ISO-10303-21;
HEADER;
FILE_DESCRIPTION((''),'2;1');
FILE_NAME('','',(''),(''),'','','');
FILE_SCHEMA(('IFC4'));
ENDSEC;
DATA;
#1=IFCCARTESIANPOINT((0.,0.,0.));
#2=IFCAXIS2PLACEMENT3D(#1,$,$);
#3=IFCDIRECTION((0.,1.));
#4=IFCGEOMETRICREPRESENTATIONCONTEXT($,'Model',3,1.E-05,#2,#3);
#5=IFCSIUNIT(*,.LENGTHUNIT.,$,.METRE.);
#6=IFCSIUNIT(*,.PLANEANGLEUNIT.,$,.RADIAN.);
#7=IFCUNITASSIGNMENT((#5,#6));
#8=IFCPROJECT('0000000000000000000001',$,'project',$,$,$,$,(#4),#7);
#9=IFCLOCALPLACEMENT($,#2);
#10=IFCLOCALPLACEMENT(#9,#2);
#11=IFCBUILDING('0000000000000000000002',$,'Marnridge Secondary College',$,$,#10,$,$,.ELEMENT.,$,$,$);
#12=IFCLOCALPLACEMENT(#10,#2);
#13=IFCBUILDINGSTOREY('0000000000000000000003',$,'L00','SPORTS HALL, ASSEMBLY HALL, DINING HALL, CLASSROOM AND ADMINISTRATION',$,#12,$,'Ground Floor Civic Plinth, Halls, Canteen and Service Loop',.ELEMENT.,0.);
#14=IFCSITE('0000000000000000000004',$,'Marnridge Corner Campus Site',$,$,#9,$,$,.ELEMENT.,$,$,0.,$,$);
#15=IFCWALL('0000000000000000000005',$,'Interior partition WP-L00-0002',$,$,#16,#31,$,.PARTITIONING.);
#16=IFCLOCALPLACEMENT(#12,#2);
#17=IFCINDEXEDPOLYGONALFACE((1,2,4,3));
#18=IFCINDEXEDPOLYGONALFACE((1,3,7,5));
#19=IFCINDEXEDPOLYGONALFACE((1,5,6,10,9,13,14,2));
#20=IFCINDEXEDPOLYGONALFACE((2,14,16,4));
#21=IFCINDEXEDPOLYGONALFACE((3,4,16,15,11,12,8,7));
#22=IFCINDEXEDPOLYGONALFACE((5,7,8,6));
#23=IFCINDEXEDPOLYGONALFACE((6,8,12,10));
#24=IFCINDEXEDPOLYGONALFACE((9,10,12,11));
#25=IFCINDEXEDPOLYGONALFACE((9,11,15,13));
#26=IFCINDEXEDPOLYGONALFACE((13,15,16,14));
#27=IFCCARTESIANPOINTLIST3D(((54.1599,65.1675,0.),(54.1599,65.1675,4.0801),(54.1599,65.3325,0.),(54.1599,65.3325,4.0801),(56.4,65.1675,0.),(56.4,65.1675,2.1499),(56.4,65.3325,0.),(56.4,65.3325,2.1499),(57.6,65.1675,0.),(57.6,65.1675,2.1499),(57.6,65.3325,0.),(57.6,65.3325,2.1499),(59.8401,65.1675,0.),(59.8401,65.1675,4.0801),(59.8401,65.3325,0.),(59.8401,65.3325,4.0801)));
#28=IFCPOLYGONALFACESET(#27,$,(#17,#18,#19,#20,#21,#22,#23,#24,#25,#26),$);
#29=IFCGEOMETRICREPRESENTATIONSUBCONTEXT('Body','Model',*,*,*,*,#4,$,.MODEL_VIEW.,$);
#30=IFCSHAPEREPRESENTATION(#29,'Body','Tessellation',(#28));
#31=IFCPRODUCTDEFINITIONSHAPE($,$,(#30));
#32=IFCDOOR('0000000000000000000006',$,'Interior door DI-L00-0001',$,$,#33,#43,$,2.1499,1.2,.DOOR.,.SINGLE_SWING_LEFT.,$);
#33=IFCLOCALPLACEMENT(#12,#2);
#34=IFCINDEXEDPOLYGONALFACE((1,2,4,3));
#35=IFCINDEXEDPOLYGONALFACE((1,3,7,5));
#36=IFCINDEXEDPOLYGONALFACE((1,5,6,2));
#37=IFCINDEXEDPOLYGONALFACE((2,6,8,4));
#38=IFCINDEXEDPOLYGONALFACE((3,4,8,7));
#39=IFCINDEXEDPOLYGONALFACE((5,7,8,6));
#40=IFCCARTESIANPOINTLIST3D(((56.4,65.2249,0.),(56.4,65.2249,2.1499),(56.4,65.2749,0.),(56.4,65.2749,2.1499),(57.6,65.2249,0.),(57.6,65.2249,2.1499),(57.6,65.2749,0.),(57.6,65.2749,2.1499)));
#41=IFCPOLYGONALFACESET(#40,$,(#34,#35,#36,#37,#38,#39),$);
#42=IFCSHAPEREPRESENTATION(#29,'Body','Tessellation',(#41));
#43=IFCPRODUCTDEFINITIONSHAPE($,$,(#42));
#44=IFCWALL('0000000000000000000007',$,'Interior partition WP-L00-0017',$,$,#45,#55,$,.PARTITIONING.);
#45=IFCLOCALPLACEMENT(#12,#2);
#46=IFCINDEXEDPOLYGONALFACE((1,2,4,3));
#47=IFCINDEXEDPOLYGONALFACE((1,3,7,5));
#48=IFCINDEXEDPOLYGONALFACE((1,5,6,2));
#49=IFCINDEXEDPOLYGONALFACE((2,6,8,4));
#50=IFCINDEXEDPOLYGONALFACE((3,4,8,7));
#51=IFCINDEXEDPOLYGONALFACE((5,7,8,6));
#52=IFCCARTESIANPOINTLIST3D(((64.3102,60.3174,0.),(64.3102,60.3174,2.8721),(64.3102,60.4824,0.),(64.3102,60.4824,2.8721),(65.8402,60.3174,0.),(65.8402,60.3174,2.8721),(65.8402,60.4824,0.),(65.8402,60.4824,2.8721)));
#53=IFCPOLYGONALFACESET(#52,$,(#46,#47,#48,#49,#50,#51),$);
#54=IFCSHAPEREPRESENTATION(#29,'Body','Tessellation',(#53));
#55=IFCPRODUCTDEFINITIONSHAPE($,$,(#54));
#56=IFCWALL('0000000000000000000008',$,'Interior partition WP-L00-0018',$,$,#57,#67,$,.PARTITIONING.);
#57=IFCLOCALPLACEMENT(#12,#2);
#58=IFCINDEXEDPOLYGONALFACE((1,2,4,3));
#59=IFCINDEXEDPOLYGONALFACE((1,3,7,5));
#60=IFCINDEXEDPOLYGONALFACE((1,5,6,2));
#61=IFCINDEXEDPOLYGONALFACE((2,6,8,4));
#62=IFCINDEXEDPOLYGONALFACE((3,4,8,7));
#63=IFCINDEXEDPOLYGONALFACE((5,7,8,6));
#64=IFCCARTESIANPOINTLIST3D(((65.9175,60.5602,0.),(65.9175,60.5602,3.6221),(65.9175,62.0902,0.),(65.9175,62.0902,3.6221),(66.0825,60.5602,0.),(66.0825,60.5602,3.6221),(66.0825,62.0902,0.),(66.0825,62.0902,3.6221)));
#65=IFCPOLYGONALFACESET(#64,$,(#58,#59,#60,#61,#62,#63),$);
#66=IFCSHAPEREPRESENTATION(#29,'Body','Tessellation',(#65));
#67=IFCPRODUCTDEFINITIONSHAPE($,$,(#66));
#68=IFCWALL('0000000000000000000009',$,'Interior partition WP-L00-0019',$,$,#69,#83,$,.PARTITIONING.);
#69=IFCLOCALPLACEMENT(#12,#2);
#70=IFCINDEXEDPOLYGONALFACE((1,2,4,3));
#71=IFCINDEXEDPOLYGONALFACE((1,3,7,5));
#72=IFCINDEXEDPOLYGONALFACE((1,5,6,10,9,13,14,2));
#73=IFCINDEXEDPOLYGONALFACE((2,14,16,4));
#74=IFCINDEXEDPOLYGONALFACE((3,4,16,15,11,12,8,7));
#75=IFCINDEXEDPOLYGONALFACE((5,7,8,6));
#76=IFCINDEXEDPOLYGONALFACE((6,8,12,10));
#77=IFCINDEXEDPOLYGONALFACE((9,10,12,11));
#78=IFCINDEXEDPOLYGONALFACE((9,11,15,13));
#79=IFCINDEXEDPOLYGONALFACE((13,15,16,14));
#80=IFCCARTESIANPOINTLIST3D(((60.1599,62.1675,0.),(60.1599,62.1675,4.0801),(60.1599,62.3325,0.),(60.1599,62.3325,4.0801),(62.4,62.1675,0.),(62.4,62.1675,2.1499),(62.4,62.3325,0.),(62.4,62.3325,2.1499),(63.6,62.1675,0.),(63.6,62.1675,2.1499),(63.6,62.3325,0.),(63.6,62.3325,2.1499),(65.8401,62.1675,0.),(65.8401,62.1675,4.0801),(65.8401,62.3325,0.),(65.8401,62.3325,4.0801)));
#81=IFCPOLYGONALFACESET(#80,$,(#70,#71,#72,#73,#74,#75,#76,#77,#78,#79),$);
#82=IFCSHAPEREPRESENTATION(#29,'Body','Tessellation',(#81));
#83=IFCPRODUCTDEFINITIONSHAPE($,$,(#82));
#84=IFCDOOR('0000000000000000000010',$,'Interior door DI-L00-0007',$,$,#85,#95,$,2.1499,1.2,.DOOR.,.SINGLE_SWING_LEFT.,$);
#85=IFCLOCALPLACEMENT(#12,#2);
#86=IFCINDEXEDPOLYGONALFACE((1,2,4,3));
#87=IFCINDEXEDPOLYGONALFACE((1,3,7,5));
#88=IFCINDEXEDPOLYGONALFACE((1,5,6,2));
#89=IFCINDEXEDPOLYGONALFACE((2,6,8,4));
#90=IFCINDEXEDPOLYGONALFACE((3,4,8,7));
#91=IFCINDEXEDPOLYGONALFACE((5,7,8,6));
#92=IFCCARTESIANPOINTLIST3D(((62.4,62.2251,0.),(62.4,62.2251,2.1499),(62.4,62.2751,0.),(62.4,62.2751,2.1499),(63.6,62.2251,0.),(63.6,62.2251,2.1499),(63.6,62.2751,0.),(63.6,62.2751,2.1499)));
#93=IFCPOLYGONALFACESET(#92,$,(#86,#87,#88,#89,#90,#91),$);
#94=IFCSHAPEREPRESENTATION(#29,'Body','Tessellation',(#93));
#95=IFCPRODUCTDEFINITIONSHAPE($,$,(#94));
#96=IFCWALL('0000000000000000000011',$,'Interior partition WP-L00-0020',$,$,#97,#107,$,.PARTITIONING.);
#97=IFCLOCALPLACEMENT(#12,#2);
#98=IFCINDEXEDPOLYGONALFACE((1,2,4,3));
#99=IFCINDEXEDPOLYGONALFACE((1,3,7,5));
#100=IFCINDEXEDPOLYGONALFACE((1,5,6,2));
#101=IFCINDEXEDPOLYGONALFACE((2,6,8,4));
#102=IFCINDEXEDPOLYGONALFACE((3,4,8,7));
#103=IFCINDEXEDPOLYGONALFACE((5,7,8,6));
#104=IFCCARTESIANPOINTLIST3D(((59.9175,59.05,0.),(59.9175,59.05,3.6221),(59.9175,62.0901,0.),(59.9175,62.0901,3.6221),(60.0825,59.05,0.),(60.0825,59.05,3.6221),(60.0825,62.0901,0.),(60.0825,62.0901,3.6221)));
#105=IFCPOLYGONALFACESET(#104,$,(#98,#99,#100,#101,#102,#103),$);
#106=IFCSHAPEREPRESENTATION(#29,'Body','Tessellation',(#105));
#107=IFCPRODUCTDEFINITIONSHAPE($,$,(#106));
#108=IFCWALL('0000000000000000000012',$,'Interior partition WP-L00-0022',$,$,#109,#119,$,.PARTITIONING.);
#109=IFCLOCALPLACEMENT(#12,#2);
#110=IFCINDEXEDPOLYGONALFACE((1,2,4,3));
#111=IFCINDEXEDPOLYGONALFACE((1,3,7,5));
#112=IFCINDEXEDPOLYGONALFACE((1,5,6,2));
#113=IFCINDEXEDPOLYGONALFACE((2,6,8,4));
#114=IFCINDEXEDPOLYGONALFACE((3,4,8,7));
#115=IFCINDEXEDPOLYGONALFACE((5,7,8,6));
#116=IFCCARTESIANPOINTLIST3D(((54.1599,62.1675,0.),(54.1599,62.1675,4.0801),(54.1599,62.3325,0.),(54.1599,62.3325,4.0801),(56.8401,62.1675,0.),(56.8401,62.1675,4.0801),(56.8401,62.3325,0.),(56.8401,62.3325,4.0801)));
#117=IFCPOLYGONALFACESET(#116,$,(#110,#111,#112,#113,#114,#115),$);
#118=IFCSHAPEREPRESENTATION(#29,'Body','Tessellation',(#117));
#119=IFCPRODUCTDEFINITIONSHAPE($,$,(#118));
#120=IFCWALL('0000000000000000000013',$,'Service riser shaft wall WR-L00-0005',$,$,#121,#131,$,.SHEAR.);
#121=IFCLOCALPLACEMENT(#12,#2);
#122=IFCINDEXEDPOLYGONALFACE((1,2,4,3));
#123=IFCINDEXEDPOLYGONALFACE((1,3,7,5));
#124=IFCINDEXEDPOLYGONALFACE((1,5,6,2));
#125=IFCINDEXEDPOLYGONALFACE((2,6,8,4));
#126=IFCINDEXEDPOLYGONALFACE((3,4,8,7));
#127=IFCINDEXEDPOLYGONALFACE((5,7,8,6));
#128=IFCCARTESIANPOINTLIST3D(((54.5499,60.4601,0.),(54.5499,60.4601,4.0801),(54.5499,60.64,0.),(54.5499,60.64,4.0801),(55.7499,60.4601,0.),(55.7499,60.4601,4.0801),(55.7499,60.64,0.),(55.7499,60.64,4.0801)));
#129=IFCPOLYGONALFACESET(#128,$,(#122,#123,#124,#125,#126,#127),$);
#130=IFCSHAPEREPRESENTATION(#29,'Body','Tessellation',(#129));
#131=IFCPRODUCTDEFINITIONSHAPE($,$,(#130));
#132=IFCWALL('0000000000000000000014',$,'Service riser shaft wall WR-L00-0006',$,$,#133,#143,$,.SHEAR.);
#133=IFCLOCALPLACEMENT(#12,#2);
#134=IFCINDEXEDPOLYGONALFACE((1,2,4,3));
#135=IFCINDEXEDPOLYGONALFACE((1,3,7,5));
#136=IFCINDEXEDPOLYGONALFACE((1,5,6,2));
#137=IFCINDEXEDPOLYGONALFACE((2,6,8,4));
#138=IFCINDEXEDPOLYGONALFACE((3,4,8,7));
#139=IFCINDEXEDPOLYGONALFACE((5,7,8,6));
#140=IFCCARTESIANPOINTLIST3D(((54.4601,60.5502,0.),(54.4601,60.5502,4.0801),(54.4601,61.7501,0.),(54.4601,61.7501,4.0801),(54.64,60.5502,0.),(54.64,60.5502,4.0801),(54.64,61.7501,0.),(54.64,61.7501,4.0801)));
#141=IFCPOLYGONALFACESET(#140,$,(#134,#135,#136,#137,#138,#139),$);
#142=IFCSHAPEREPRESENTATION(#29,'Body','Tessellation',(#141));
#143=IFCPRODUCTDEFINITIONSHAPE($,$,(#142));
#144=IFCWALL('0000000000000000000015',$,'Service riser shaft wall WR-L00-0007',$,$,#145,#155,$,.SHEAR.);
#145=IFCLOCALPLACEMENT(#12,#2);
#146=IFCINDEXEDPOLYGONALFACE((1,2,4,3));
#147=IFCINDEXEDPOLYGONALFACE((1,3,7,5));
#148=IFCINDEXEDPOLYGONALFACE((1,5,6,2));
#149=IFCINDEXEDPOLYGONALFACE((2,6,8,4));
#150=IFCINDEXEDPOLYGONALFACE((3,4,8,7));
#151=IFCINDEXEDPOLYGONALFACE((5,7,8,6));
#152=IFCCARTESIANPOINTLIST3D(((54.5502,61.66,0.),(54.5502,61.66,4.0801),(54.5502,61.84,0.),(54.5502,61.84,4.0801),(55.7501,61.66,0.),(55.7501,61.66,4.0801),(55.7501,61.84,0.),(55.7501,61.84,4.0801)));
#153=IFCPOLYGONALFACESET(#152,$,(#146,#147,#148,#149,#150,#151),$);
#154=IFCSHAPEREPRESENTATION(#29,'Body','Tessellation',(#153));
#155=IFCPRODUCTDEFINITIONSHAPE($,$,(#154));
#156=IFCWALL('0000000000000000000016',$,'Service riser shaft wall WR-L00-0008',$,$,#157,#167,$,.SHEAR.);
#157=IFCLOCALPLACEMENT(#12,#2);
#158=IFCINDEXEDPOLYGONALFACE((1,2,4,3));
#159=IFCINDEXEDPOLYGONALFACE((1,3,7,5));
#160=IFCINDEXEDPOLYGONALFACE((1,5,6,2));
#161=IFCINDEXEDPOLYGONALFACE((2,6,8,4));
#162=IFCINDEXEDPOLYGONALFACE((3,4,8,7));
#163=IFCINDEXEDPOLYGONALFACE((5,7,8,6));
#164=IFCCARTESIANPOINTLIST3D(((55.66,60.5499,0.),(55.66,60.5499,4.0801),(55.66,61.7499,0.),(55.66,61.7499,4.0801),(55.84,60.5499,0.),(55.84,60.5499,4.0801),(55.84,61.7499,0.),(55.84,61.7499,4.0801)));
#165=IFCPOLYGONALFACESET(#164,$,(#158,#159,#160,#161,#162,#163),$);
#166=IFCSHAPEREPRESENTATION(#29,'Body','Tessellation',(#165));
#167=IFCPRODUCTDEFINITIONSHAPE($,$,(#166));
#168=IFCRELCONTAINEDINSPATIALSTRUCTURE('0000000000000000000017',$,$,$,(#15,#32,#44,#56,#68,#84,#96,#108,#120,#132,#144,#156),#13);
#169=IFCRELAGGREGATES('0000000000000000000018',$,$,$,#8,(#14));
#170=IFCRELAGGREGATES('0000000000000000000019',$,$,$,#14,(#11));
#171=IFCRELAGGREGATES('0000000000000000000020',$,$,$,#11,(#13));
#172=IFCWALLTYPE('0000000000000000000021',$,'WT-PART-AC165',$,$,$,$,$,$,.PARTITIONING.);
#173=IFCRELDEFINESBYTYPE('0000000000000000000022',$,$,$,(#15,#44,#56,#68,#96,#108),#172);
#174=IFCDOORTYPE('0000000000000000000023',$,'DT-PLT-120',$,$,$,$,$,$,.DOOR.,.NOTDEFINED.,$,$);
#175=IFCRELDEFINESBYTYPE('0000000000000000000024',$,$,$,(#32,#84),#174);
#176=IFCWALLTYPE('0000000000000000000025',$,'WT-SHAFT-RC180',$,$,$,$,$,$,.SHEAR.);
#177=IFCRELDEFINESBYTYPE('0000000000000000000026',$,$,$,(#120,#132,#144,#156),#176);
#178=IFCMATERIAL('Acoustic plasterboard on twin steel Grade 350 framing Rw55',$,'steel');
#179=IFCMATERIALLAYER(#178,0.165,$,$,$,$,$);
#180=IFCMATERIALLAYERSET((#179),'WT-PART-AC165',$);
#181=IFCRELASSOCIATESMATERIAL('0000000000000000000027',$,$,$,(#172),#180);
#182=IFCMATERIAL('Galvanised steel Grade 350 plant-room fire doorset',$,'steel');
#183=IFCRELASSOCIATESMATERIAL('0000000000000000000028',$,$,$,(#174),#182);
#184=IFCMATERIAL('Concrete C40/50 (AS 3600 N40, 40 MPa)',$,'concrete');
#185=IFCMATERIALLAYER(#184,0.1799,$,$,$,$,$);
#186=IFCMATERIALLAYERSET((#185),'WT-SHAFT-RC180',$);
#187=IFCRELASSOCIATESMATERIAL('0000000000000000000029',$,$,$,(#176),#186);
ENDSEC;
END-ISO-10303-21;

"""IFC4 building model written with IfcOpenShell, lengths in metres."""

from ifc_helpers import new_model, si_unit, direction, frame, frame_2d, origin, place, context, subcontext, project, spatial, rectangle, extrude, material, layer, layer_set, type_object, element, fill, save


model = new_model("IFC4")

# Units and contexts
model_context = context("Model", 3, precision=1e-05, world=origin(), true_north=direction((0.0, 1.0)))
body_context = subcontext(model_context, "Body", "Model", "MODEL_VIEW")
ifc_project = project(units=[si_unit("LENGTHUNIT", "METRE"), si_unit("PLANEANGLEUNIT", "RADIAN")], contexts=[model_context])

# Site, building, storey
site_placement = place(None, origin())
site = spatial("IfcSite", under=ifc_project, at=site_placement, Name="Marnridge Corner Campus Site", CompositionType="ELEMENT", RefElevation=0.0)
building_placement = place(site_placement, origin())
building = spatial("IfcBuilding", under=site, at=building_placement, Name="Marnridge Secondary College", CompositionType="ELEMENT")
storey_placement = place(building_placement, origin())
storey = spatial("IfcBuildingStorey", under=building, at=storey_placement, Name="L00", Description="SPORTS HALL, ASSEMBLY HALL, DINING HALL, CLASSROOM AND ADMINISTRATION", LongName="Ground Floor Civic Plinth, Halls, Canteen and Service Loop", CompositionType="ELEMENT", Elevation=0.0)

# Wall, opening, door
ifc_material_1 = material(Name="Acoustic plasterboard on twin steel Grade 350 framing Rw55", Category="steel")
ifc_layer_1 = layer(ifc_material_1, 0.165)
ifc_layer_set_1 = layer_set([ifc_layer_1], Name="WT-PART-AC165")
wall_type_1 = type_object("IfcWallType", Name="WT-PART-AC165", PredefinedType="PARTITIONING", material=ifc_layer_set_1)
wall_1_placement = place(storey_placement, frame((54.1599, 65.25, 0.0), z_axis=(0.0, 0.0, 1.0), x_axis=(1.0, 0.0, 0.0)))
wall_1 = element("IfcWall", 1, at=wall_1_placement, inside=storey, type_object=wall_type_1, Name="Interior partition WP-L00-0002", PredefinedType="PARTITIONING", context=body_context, shape_type="SweptSolid", body=[
    extrude(rectangle(XDim=5.6802, YDim=0.165, at=frame_2d((2.8401, 0.0))), origin(), (0.0, 0.0, 1.0), 4.0801),
])
opening_1_placement = place(wall_1_placement, frame((2.24, 0.0, 0.0)))
opening_1 = element("IfcOpeningElement", 2, at=opening_1_placement, cuts=wall_1, PredefinedType="OPENING", context=body_context, shape_type="SweptSolid", body=[
    extrude(rectangle(XDim=1.2, YDim=2.1499, at=frame_2d((0.6001, 1.075))), frame((0.0, 0.0925, 0.0), z_axis=(0.0, -1.0, 0.0), x_axis=(1.0, 0.0, 0.0)), (0.0, 0.0, 1.0), 0.1851),
])
ifc_material_2 = material(Name="Galvanised steel Grade 350 plant-room fire doorset", Category="steel")
door_type = type_object("IfcDoorType", Name="DT-PLT-120", OperationType="NOTDEFINED", PredefinedType="DOOR", material=ifc_material_2)
door_1_placement = place(opening_1_placement, origin())
door_1 = element("IfcDoor", 3, at=door_1_placement, inside=storey, type_object=door_type, Name="Interior door DI-L00-0001", OperationType="SINGLE_SWING_LEFT", OverallHeight=2.1499, OverallWidth=1.2, PredefinedType="DOOR", context=body_context, shape_type="SweptSolid", body=[
    extrude(rectangle(XDim=1.2, YDim=2.1499, at=frame_2d((0.6001, 1.075))), frame((0.0, 0.0249, 0.0), z_axis=(0.0, -1.0, 0.0), x_axis=(1.0, 0.0, 0.0)), (0.0, 0.0, 1.0), 0.05),
])
fill(opening_1, door_1)

# Walls
wall_2_placement = place(storey_placement, frame((64.3101, 60.3999, 0.0), z_axis=(0.0, 0.0, 1.0), x_axis=(1.0, 0.0, 0.0)))
element("IfcWall", 4, at=wall_2_placement, inside=storey, type_object=wall_type_1, Name="Interior partition WP-L00-0017", PredefinedType="PARTITIONING", context=body_context, shape_type="SweptSolid", body=[
    extrude(rectangle(XDim=1.53, YDim=0.165, at=frame_2d((0.7651, 0.0))), origin(), (0.0, 0.0, 1.0), 2.8721),
])
wall_3_placement = place(storey_placement, frame((66.0, 60.5601, 0.0), z_axis=(0.0, 0.0, 1.0), x_axis=(0.0, 1.0, 0.0)))
element("IfcWall", 5, at=wall_3_placement, inside=storey, type_object=wall_type_1, Name="Interior partition WP-L00-0018", PredefinedType="PARTITIONING", context=body_context, shape_type="SweptSolid", body=[
    extrude(rectangle(XDim=1.53, YDim=0.165, at=frame_2d((0.7651, 0.0))), origin(), (0.0, 0.0, 1.0), 3.6221),
])

# Wall, opening, door
wall_4_placement = place(storey_placement, frame((65.8401, 62.25, 0.0), z_axis=(0.0, 0.0, 1.0), x_axis=(-1.0, 0.0, 0.0)))
wall_4 = element("IfcWall", 6, at=wall_4_placement, inside=storey, type_object=wall_type_1, Name="Interior partition WP-L00-0019", PredefinedType="PARTITIONING", context=body_context, shape_type="SweptSolid", body=[
    extrude(rectangle(XDim=5.6802, YDim=0.165, at=frame_2d((2.8401, 0.0))), origin(), (0.0, 0.0, 1.0), 4.0801),
])
opening_2_placement = place(wall_4_placement, frame((2.24, 0.0, 0.0)))
opening_2 = element("IfcOpeningElement", 7, at=opening_2_placement, cuts=wall_4, PredefinedType="OPENING", context=body_context, shape_type="SweptSolid", body=[
    extrude(rectangle(XDim=1.2, YDim=2.1499, at=frame_2d((0.6001, 1.075))), frame((0.0, 0.0925, 0.0), z_axis=(0.0, -1.0, 0.0), x_axis=(1.0, 0.0, 0.0)), (0.0, 0.0, 1.0), 0.1851),
])
door_2_placement = place(opening_2_placement, origin())
door_2 = element("IfcDoor", 8, at=door_2_placement, inside=storey, type_object=door_type, Name="Interior door DI-L00-0007", OperationType="SINGLE_SWING_LEFT", OverallHeight=2.1499, OverallWidth=1.2, PredefinedType="DOOR", context=body_context, shape_type="SweptSolid", body=[
    extrude(rectangle(XDim=1.2, YDim=2.1499, at=frame_2d((0.6001, 1.075))), frame((0.0, 0.0249, 0.0), z_axis=(0.0, -1.0, 0.0), x_axis=(1.0, 0.0, 0.0)), (0.0, 0.0, 1.0), 0.05),
])
fill(opening_2, door_2)

# Wall
wall_5_placement = place(storey_placement, frame((60.0, 62.0901, 0.0), z_axis=(0.0, 0.0, 1.0), x_axis=(0.0, -1.0, 0.0)))
element("IfcWall", 9, at=wall_5_placement, inside=storey, type_object=wall_type_1, Name="Interior partition WP-L00-0020", PredefinedType="PARTITIONING", context=body_context, shape_type="SweptSolid", body=[
    extrude(rectangle(XDim=3.04, YDim=0.165, at=frame_2d((1.52, 0.0))), origin(), (0.0, 0.0, 1.0), 3.6221),
])

# Walls
wall_6_placement = place(storey_placement, frame((56.8401, 62.25, 0.0), z_axis=(0.0, 0.0, 1.0), x_axis=(-1.0, 0.0, 0.0)))
element("IfcWall", 10, at=wall_6_placement, inside=storey, type_object=wall_type_1, Name="Interior partition WP-L00-0022", PredefinedType="PARTITIONING", context=body_context, shape_type="SweptSolid", body=[
    extrude(rectangle(XDim=2.6802, YDim=0.165, at=frame_2d((1.3401, 0.0))), origin(), (0.0, 0.0, 1.0), 4.0801),
])
ifc_material_3 = material(Name="Concrete C40/50 (AS 3600 N40, 40 MPa)", Category="concrete")
ifc_layer_2 = layer(ifc_material_3, 0.1799)
ifc_layer_set_2 = layer_set([ifc_layer_2], Name="WT-SHAFT-RC180")
wall_type_2 = type_object("IfcWallType", Name="WT-SHAFT-RC180", PredefinedType="SHEAR", material=ifc_layer_set_2)
for number, where, z_axis, x_axis, name in (
    (11, (55.75, 60.55, 0.0), (0.0, 0.0, 1.0), (-1.0, 0.0, 0.0), "Service riser shaft wall WR-L00-0005"),
    (12, (54.55, 60.55, 0.0), (0.0, 0.0, 1.0), (0.0, 1.0, 0.0), "Service riser shaft wall WR-L00-0006"),
    (13, (54.55, 61.75, 0.0), (0.0, 0.0, 1.0), (1.0, 0.0, 0.0), "Service riser shaft wall WR-L00-0007"),
    (14, (55.75, 61.75, 0.0), (0.0, 0.0, 1.0), (0.0, -1.0, 0.0), "Service riser shaft wall WR-L00-0008"),
):
    element("IfcWall", number, at=place(storey_placement, frame(where, z_axis=z_axis, x_axis=x_axis)), inside=storey, type_object=wall_type_2, Name=name, PredefinedType="SHEAR", context=body_context, shape_type="SweptSolid", body=[
        extrude(rectangle(XDim=1.2, YDim=0.1799, at=frame_2d((0.6001, 0.0))), origin(), (0.0, 0.0, 1.0), 4.0801),
    ])

save(model, "model.ifc")
